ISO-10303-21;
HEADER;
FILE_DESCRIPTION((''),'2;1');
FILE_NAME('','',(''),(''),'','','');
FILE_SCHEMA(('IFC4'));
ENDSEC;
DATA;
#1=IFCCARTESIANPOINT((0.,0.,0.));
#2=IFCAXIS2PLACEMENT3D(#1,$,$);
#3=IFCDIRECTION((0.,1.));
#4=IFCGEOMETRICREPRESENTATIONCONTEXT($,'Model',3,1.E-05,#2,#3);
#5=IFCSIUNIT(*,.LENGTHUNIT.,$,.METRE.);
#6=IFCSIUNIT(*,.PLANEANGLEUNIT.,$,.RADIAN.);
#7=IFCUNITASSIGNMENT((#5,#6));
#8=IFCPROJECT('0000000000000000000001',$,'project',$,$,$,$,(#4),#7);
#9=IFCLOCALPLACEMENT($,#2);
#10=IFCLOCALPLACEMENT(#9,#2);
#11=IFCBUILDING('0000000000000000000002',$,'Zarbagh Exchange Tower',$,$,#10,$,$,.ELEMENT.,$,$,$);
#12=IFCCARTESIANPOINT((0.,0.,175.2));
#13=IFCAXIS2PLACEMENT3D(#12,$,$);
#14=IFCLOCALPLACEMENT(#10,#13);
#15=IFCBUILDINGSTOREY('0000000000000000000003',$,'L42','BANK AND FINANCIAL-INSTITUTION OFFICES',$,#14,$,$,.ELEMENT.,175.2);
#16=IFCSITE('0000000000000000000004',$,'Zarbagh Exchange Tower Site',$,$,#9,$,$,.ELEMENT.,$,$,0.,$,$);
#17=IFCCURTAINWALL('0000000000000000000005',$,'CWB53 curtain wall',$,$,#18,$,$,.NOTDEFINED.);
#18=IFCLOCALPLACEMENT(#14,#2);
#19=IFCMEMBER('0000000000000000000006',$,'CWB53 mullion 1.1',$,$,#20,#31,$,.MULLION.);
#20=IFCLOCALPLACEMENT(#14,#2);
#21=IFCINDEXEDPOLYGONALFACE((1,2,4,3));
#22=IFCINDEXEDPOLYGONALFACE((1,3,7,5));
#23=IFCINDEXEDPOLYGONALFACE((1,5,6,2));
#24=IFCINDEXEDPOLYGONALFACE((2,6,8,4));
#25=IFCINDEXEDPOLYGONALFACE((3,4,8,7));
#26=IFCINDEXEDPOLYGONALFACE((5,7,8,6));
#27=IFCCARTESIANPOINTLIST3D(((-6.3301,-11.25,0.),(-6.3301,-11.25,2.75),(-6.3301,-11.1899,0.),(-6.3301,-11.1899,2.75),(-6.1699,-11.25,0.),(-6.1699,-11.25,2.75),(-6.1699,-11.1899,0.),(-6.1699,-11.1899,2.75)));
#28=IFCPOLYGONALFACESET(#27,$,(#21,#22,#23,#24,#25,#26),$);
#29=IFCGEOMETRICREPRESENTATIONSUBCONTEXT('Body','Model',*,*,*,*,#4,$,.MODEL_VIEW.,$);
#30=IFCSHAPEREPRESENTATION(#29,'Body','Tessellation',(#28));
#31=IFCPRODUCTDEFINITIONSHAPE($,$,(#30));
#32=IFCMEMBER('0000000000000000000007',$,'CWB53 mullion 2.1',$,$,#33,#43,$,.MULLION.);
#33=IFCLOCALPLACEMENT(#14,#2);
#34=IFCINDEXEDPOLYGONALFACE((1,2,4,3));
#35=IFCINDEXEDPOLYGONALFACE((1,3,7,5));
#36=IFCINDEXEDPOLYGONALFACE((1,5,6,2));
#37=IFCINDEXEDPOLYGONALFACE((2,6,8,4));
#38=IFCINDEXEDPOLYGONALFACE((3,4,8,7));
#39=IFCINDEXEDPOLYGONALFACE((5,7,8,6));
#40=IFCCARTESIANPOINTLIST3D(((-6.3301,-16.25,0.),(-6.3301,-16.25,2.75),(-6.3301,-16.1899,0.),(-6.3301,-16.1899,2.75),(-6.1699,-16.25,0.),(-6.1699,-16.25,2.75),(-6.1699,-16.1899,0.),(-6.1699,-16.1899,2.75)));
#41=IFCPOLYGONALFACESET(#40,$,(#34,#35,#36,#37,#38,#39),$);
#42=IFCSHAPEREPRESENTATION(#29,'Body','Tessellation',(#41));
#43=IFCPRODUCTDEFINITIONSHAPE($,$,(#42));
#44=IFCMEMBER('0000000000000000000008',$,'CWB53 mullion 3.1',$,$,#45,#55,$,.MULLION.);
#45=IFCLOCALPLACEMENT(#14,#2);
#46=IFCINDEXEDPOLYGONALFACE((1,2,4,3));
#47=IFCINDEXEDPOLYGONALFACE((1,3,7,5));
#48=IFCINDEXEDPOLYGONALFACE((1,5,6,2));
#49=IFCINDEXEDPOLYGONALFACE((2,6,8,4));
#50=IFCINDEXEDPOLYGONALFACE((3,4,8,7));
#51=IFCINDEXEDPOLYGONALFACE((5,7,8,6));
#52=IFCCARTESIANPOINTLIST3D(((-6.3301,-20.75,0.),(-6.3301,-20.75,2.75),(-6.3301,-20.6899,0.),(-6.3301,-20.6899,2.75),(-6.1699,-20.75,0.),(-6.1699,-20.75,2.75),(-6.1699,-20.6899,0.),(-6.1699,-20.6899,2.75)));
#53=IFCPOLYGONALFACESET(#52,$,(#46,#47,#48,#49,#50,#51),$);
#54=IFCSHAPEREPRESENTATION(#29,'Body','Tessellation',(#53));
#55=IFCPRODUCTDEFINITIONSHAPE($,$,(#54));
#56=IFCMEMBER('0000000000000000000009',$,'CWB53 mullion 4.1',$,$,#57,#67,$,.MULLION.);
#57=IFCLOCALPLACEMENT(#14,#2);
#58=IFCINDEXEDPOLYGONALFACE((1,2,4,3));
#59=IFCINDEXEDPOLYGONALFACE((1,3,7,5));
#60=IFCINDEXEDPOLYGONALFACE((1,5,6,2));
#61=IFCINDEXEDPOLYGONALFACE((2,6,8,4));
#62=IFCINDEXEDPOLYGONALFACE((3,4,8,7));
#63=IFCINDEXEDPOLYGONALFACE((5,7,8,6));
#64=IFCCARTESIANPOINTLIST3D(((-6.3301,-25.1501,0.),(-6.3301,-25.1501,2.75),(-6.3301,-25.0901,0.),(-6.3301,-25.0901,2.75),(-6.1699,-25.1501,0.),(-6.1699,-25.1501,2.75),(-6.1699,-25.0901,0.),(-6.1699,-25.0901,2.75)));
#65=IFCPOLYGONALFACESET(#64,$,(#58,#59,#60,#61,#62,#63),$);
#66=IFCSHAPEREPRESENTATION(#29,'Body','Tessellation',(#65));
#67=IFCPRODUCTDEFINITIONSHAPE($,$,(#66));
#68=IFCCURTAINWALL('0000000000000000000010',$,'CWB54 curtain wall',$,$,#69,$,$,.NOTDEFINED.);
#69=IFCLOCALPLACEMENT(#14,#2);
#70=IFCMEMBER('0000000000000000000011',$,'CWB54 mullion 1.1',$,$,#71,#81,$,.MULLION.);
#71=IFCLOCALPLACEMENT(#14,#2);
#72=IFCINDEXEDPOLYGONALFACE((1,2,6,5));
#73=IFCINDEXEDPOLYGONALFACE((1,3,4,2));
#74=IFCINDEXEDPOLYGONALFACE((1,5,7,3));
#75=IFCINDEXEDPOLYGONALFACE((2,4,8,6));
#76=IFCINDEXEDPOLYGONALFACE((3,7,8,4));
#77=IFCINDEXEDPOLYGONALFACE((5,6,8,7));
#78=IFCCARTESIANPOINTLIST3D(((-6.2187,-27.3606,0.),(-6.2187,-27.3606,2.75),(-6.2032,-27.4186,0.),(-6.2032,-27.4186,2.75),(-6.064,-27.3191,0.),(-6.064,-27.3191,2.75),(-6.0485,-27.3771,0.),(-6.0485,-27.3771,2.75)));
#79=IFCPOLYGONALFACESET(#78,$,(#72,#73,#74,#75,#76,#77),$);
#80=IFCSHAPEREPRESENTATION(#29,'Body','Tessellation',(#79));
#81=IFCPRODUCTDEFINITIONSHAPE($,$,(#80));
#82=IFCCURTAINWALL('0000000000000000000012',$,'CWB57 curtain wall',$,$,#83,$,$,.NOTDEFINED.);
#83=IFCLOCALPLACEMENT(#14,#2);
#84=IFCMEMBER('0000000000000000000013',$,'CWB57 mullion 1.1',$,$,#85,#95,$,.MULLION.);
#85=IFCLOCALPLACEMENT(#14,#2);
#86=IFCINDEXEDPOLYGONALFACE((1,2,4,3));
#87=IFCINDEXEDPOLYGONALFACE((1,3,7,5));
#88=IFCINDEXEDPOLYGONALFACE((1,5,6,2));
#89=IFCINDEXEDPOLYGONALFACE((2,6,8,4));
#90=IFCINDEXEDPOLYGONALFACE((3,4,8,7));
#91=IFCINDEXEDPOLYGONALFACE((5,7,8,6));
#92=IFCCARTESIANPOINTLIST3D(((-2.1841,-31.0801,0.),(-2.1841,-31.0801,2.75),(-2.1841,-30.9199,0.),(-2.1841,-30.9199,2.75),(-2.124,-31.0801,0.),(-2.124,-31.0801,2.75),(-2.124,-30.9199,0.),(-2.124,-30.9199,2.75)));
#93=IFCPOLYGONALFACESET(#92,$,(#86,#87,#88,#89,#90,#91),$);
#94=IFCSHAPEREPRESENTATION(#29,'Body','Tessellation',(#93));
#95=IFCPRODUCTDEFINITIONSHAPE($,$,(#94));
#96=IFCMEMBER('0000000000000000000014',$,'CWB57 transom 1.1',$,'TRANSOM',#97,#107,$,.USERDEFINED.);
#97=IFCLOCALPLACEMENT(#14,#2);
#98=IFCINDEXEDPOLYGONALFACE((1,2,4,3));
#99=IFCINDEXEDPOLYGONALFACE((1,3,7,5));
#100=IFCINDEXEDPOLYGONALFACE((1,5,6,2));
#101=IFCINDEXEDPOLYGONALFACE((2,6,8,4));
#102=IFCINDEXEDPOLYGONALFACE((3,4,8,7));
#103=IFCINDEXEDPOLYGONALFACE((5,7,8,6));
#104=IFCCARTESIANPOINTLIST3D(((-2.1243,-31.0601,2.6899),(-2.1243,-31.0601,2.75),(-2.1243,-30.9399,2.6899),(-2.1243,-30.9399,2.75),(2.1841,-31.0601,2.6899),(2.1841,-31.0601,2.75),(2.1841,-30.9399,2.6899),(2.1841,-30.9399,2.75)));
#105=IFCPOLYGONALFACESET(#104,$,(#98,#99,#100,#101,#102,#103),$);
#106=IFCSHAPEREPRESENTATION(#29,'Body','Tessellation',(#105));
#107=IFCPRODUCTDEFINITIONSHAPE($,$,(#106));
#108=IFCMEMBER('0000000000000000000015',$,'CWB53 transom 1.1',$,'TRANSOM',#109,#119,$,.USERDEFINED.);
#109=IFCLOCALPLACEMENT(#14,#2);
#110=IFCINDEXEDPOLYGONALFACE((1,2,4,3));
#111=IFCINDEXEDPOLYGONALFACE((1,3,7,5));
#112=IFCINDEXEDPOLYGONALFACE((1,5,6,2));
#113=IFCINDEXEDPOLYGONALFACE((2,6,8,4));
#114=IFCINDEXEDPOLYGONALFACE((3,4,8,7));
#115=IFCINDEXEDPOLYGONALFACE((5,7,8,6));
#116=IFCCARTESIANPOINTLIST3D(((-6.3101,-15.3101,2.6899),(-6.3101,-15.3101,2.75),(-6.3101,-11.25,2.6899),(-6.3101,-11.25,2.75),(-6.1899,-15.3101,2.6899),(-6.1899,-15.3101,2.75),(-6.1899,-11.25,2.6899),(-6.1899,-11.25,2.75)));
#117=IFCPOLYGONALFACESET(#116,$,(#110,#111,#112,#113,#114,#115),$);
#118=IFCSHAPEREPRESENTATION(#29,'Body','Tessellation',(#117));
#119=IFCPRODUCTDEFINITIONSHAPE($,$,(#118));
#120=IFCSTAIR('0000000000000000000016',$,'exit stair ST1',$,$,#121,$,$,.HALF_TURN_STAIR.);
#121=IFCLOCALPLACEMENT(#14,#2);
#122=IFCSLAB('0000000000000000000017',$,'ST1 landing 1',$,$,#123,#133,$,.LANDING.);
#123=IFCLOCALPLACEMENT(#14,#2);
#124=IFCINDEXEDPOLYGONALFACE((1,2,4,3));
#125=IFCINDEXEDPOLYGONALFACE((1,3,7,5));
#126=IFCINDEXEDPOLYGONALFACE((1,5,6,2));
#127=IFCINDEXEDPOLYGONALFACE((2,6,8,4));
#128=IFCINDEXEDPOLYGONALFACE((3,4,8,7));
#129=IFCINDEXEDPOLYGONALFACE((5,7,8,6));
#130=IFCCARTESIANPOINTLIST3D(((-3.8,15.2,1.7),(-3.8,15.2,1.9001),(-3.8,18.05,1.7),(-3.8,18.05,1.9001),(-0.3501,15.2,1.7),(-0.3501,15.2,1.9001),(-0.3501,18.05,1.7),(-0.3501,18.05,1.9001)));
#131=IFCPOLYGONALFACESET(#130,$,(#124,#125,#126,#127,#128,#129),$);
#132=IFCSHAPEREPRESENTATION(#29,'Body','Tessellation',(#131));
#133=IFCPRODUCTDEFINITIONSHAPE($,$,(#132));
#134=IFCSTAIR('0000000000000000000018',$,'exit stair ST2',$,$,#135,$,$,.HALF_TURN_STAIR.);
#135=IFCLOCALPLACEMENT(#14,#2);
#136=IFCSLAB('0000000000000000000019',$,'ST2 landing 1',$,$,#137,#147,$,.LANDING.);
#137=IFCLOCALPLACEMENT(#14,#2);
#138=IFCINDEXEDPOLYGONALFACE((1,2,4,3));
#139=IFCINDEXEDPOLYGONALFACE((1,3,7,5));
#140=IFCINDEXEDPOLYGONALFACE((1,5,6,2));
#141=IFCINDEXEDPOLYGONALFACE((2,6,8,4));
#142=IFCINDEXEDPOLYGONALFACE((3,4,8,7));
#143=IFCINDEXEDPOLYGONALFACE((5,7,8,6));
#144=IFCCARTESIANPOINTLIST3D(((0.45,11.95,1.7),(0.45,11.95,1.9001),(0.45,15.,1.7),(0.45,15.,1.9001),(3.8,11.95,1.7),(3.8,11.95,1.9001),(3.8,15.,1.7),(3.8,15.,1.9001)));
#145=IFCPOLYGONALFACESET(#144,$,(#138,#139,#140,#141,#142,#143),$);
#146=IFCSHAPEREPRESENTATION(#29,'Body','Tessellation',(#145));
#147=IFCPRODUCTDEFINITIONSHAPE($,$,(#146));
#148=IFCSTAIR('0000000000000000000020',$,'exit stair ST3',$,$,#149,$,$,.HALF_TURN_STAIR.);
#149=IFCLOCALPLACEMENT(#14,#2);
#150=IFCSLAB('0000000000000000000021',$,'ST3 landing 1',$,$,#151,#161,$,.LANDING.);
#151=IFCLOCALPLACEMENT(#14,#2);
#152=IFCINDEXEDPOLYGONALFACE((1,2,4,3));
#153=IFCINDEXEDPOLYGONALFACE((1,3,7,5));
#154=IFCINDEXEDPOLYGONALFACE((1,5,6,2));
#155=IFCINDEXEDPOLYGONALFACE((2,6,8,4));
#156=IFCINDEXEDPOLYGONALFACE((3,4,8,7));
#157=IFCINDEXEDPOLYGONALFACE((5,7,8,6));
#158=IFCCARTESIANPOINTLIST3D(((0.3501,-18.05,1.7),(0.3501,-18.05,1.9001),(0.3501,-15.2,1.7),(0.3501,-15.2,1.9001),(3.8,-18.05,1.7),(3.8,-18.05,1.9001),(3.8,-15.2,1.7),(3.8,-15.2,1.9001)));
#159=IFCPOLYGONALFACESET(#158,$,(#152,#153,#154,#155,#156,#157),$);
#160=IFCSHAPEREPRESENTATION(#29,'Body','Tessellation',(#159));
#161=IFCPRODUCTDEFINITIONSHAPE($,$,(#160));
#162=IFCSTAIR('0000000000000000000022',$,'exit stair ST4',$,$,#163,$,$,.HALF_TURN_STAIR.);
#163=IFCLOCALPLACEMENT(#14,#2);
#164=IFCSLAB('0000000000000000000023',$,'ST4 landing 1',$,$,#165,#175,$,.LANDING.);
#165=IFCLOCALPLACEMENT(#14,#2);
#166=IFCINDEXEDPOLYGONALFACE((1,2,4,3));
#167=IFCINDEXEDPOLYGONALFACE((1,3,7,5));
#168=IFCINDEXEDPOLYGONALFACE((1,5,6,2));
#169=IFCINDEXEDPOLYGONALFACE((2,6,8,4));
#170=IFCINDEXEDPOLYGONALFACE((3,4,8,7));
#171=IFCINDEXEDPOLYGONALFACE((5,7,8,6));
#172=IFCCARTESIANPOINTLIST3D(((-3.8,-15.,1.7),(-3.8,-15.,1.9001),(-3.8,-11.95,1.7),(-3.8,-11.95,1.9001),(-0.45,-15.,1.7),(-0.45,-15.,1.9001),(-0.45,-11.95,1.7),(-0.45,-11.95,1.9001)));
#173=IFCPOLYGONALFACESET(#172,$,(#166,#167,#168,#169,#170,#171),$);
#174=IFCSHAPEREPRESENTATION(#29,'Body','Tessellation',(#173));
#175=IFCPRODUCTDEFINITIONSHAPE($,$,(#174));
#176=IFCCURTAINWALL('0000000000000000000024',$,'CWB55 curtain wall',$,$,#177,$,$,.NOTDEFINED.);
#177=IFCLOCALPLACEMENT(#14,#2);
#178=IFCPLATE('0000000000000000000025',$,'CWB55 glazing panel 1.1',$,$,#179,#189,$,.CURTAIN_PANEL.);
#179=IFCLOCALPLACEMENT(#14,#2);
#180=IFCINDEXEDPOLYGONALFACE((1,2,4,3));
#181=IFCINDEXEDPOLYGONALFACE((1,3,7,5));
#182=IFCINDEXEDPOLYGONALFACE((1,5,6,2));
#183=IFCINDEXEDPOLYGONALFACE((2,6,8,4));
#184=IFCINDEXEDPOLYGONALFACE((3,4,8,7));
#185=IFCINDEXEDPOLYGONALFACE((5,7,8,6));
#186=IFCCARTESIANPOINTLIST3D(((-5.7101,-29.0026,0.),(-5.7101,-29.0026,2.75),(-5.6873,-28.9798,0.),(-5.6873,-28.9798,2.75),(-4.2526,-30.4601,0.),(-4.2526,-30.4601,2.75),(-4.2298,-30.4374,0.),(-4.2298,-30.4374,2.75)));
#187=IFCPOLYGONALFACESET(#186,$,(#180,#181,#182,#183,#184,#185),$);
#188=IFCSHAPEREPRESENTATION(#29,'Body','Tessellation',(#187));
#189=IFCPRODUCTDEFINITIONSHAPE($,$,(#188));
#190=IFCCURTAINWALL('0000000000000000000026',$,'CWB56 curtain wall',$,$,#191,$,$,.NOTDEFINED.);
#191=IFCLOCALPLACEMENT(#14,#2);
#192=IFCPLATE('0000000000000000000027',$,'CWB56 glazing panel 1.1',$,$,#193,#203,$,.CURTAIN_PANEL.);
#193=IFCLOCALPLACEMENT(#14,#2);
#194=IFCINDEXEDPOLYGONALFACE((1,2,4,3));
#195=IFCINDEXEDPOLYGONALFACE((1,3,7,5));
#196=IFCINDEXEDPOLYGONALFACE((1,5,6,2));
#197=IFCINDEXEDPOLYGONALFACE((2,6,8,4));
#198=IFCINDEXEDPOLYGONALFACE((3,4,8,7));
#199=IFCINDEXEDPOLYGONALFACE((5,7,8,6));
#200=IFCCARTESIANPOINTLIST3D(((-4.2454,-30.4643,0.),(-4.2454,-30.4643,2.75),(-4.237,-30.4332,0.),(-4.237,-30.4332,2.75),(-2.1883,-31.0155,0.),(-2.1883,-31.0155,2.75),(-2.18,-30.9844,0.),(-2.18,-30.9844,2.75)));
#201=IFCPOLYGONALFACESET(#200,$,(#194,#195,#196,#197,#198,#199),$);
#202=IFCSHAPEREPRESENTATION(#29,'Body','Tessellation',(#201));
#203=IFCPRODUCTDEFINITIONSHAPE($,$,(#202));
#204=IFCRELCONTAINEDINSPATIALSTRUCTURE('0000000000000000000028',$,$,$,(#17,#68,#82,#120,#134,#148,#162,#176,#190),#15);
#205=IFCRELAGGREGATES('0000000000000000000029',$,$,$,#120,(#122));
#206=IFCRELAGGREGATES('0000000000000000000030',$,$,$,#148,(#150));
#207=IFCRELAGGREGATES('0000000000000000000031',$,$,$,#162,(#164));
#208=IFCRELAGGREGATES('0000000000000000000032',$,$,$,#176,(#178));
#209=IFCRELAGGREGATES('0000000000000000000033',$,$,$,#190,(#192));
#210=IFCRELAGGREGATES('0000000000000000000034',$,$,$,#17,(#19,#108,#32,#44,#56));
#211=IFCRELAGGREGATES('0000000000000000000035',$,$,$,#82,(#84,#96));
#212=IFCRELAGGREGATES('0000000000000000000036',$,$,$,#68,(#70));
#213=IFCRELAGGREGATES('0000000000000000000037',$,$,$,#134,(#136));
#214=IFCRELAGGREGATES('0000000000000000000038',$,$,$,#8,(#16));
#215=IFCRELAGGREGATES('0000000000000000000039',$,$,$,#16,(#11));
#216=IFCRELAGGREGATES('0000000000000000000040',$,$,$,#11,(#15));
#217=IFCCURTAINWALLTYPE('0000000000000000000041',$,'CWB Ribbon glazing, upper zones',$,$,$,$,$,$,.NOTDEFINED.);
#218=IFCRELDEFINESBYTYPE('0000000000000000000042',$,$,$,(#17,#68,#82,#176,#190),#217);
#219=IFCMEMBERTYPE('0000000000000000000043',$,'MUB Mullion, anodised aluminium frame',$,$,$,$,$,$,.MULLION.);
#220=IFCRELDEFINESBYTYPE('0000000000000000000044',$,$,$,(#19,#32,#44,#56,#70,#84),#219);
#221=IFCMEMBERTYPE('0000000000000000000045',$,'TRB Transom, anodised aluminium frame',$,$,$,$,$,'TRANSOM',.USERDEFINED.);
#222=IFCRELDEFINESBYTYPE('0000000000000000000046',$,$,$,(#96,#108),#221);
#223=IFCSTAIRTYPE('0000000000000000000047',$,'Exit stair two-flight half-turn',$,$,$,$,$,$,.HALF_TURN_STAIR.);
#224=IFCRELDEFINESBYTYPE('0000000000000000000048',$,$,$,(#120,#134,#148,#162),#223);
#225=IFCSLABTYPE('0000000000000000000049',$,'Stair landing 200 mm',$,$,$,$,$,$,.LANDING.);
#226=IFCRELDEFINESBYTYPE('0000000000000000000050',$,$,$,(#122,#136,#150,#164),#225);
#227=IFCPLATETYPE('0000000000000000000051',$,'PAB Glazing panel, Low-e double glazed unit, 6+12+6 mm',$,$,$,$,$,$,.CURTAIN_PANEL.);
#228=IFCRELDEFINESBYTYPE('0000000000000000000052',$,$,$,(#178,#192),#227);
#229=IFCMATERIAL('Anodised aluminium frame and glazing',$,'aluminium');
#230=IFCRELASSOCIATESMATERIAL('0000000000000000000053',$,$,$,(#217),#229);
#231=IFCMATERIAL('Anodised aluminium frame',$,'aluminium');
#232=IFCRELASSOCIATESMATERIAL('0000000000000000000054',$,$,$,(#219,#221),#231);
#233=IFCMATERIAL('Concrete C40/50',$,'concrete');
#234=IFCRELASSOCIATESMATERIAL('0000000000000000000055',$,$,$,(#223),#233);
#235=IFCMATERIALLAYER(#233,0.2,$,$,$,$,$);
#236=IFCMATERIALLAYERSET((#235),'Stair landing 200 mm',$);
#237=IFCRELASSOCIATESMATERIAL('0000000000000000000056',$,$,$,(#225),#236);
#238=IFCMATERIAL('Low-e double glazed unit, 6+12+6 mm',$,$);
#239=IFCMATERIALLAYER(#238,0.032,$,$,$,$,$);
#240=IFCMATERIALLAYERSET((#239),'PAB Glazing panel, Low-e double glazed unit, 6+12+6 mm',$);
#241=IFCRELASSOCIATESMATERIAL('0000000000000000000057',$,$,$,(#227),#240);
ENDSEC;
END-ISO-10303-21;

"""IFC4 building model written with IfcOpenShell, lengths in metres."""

from ifc_helpers import new_model, si_unit, direction, frame, origin, place, context, subcontext, project, spatial, polyline, outline, extrude, source, transform, mapped, material, layer, layer_set, type_object, element, aggregate, save


model = new_model("IFC4")

# Units and contexts
model_context = context("Model", 3, precision=1e-05, world=origin(), true_north=direction((0.0, 1.0)))
body_context = subcontext(model_context, "Body", "Model", "MODEL_VIEW")
ifc_project = project(units=[si_unit("LENGTHUNIT", "METRE"), si_unit("PLANEANGLEUNIT", "RADIAN")], contexts=[model_context])

# Site, building, storey
site_placement = place(None, origin())
site = spatial("IfcSite", under=ifc_project, at=site_placement, Name="Zarbagh Exchange Tower Site", CompositionType="ELEMENT", RefElevation=0.0)
building_placement = place(site_placement, origin())
building = spatial("IfcBuilding", under=site, at=building_placement, Name="Zarbagh Exchange Tower", CompositionType="ELEMENT")
storey_placement = place(building_placement, frame((0.0, 0.0, 175.2)))
storey = spatial("IfcBuildingStorey", under=building, at=storey_placement, Name="L42", Description="BANK AND FINANCIAL-INSTITUTION OFFICES", CompositionType="ELEMENT", Elevation=175.2)

# Curtain wall, members
ifc_material_1 = material(Name="Anodised aluminium frame and glazing", Category="aluminium")
curtain_wall_type = type_object("IfcCurtainWallType", Name="CWB Ribbon glazing, upper zones", PredefinedType="NOTDEFINED", material=ifc_material_1)
curtain_wall_1_placement = place(storey_placement, origin())
curtain_wall_1 = element("IfcCurtainWall", 1, at=curtain_wall_1_placement, inside=storey, type_object=curtain_wall_type, Name="CWB53 curtain wall", PredefinedType="NOTDEFINED")
ifc_material_2 = material(Name="Anodised aluminium frame", Category="aluminium")
member_type_1 = type_object("IfcMemberType", Name="MUB Mullion, anodised aluminium frame", PredefinedType="MULLION", material=ifc_material_2)
shared_shape_1 = source(origin(), body_context, "Body", "SweptSolid", [
    extrude(outline(polyline([(0.0, -0.0801), (0.0601, -0.0801), (0.0601, 0.0801), (0.0, 0.0801), (0.0, -0.0801)])), origin(), (0.0, 0.0, 1.0), 2.75),
])
placement = place(storey_placement, origin())
member_1 = element("IfcMember", 2, at=placement, type_object=member_type_1, Name="CWB53 mullion 1.1", PredefinedType="MULLION", context=body_context, shape_type="MappedRepresentation", body=[
    mapped(shared_shape_1, transform((-6.25, -11.1899, 0.0), x_axis=(0.0, -1.0, 0.0), y_axis=(1.0, 0.0, 0.0), z_axis=(0.0, 0.0, 1.0))),
])
member_2 = element("IfcMember", 3, at=placement, type_object=member_type_1, Name="CWB53 mullion 2.1", PredefinedType="MULLION", context=body_context, shape_type="MappedRepresentation", body=[
    mapped(shared_shape_1, transform((-6.25, -16.1899, 0.0), x_axis=(0.0, -1.0, 0.0), y_axis=(1.0, 0.0, 0.0), z_axis=(0.0, 0.0, 1.0))),
])
member_3 = element("IfcMember", 4, at=placement, type_object=member_type_1, Name="CWB53 mullion 3.1", PredefinedType="MULLION", context=body_context, shape_type="MappedRepresentation", body=[
    mapped(shared_shape_1, transform((-6.25, -20.6899, 0.0), x_axis=(0.0, -1.0, 0.0), y_axis=(1.0, 0.0, 0.0), z_axis=(0.0, 0.0, 1.0))),
])
member_4 = element("IfcMember", 5, at=placement, type_object=member_type_1, Name="CWB53 mullion 4.1", PredefinedType="MULLION", context=body_context, shape_type="MappedRepresentation", body=[
    mapped(shared_shape_1, transform((-6.25, -25.0901, 0.0), x_axis=(0.0, -1.0, 0.0), y_axis=(1.0, 0.0, 0.0), z_axis=(0.0, 0.0, 1.0))),
])

# Curtain wall, member
curtain_wall_2_placement = place(storey_placement, origin())
curtain_wall_2 = element("IfcCurtainWall", 6, at=curtain_wall_2_placement, inside=storey, type_object=curtain_wall_type, Name="CWB54 curtain wall", PredefinedType="NOTDEFINED")
member_5 = element("IfcMember", 7, at=placement, type_object=member_type_1, Name="CWB54 mullion 1.1", PredefinedType="MULLION", context=body_context, shape_type="MappedRepresentation", body=[
    mapped(shared_shape_1, transform((-6.1414, -27.3398, 0.0), x_axis=(0.258825, -0.965924, 0.0), y_axis=(0.965924, 0.258825, 0.0), z_axis=(0.0, 0.0, 1.0))),
])

# Curtain wall, members
curtain_wall_3_placement = place(storey_placement, origin())
curtain_wall_3 = element("IfcCurtainWall", 8, at=curtain_wall_3_placement, inside=storey, type_object=curtain_wall_type, Name="CWB57 curtain wall", PredefinedType="NOTDEFINED")
member_6 = element("IfcMember", 9, at=placement, type_object=member_type_1, Name="CWB57 mullion 1.1", PredefinedType="MULLION", context=body_context, shape_type="MappedRepresentation", body=[
    mapped(shared_shape_1, transform((-2.1841, -31.0, 0.0), x_axis=(1.0, 0.0, 0.0), y_axis=(0.0, 1.0, 0.0), z_axis=(0.0, 0.0, 1.0))),
])
member_type_2 = type_object("IfcMemberType", Name="TRB Transom, anodised aluminium frame", ElementType="TRANSOM", PredefinedType="USERDEFINED", material=ifc_material_2)
shared_shape_2 = source(origin(), body_context, "Body", "SweptSolid", [
    extrude(outline(polyline([(-0.0601, -0.0601), (0.0, -0.0601), (0.0, 0.0601), (-0.0601, 0.0601), (-0.0601, -0.0601)])), origin(), (0.0, 0.0, 1.0), 4.3083),
])
member_7 = element("IfcMember", 10, at=placement, type_object=member_type_2, Name="CWB57 transom 1.1", ObjectType="TRANSOM", PredefinedType="USERDEFINED", context=body_context, shape_type="MappedRepresentation", body=[
    mapped(shared_shape_2, transform((-2.1243, -31.0, 2.75), x_axis=(0.0, 0.0, 1.0), y_axis=(0.0, -1.0, 0.0), z_axis=(1.0, 0.0, 0.0))),
])

# Member
shared_shape_3 = source(origin(), body_context, "Body", "SweptSolid", [
    extrude(outline(polyline([(-0.0601, -0.0601), (0.0, -0.0601), (0.0, 0.0601), (-0.0601, 0.0601), (-0.0601, -0.0601)])), origin(), (0.0, 0.0, 1.0), 4.0601),
])
member_8 = element("IfcMember", 11, at=placement, type_object=member_type_2, Name="CWB53 transom 1.1", ObjectType="TRANSOM", PredefinedType="USERDEFINED", context=body_context, shape_type="MappedRepresentation", body=[
    mapped(shared_shape_3, transform((-6.25, -11.25, 2.75), x_axis=(0.0, 0.0, 1.0), y_axis=(-1.0, 0.0, 0.0), z_axis=(0.0, -1.0, 0.0))),
])

# Stairs, slabs
ifc_material_3 = material(Name="Concrete C40/50", Category="concrete")
stair_type = type_object("IfcStairType", Name="Exit stair two-flight half-turn", PredefinedType="HALF_TURN_STAIR", material=ifc_material_3)
stair_1_placement = place(storey_placement, origin())
stair_1 = element("IfcStair", 12, at=stair_1_placement, inside=storey, type_object=stair_type, Name="exit stair ST1", PredefinedType="HALF_TURN_STAIR")
ifc_layer_1 = layer(ifc_material_3, 0.2)
ifc_layer_set_1 = layer_set([ifc_layer_1], Name="Stair landing 200 mm")
slab_type = type_object("IfcSlabType", Name="Stair landing 200 mm", PredefinedType="LANDING", material=ifc_layer_set_1)
slab_1_placement = place(storey_placement, frame((0.0, 0.0, 1.7)))
slab_1 = element("IfcSlab", 13, at=slab_1_placement, type_object=slab_type, Name="ST1 landing 1", PredefinedType="LANDING", context=body_context, shape_type="SweptSolid", body=[
    extrude(outline(polyline([(-0.3501, 18.05), (-3.8, 18.05), (-3.8, 15.2), (-0.3501, 15.2), (-0.3501, 18.05)])), origin(), (0.0, 0.0, 1.0), 0.2002),
])
aggregate(stair_1, [slab_1])
stair_2_placement = place(storey_placement, origin())
stair_2 = element("IfcStair", 14, at=stair_2_placement, inside=storey, type_object=stair_type, Name="exit stair ST2", PredefinedType="HALF_TURN_STAIR")
slab_2_placement = place(storey_placement, frame((0.0, 0.0, 1.7)))
slab_2 = element("IfcSlab", 15, at=slab_2_placement, type_object=slab_type, Name="ST2 landing 1", PredefinedType="LANDING", context=body_context, shape_type="SweptSolid", body=[
    extrude(outline(polyline([(0.45, 11.95), (3.8, 11.95), (3.8, 15.0), (0.45, 15.0), (0.45, 11.95)])), origin(), (0.0, 0.0, 1.0), 0.2002),
])
stair_3_placement = place(storey_placement, origin())
stair_3 = element("IfcStair", 16, at=stair_3_placement, inside=storey, type_object=stair_type, Name="exit stair ST3", PredefinedType="HALF_TURN_STAIR")
slab_3_placement = place(storey_placement, frame((0.0, 0.0, 1.7)))
slab_3 = element("IfcSlab", 17, at=slab_3_placement, type_object=slab_type, Name="ST3 landing 1", PredefinedType="LANDING", context=body_context, shape_type="SweptSolid", body=[
    extrude(outline(polyline([(0.3501, -18.05), (3.8, -18.05), (3.8, -15.2), (0.3501, -15.2), (0.3501, -18.05)])), origin(), (0.0, 0.0, 1.0), 0.2002),
])
aggregate(stair_3, [slab_3])
stair_4_placement = place(storey_placement, origin())
stair_4 = element("IfcStair", 18, at=stair_4_placement, inside=storey, type_object=stair_type, Name="exit stair ST4", PredefinedType="HALF_TURN_STAIR")
slab_4_placement = place(storey_placement, frame((0.0, 0.0, 1.7)))
slab_4 = element("IfcSlab", 19, at=slab_4_placement, type_object=slab_type, Name="ST4 landing 1", PredefinedType="LANDING", context=body_context, shape_type="SweptSolid", body=[
    extrude(outline(polyline([(-0.45, -11.95), (-3.8, -11.95), (-3.8, -15.0), (-0.45, -15.0), (-0.45, -11.95)])), origin(), (0.0, 0.0, 1.0), 0.2002),
])
aggregate(stair_4, [slab_4])

# Curtain walls, plates
curtain_wall_4_placement = place(storey_placement, origin())
curtain_wall_4 = element("IfcCurtainWall", 20, at=curtain_wall_4_placement, inside=storey, type_object=curtain_wall_type, Name="CWB55 curtain wall", PredefinedType="NOTDEFINED")
ifc_material_4 = material(Name="Low-e double glazed unit, 6+12+6 mm")
ifc_layer_2 = layer(ifc_material_4, 0.032)
ifc_layer_set_2 = layer_set([ifc_layer_2], Name="PAB Glazing panel, Low-e double glazed unit, 6+12+6 mm")
plate_type = type_object("IfcPlateType", Name="PAB Glazing panel, Low-e double glazed unit, 6+12+6 mm", PredefinedType="CURTAIN_PANEL", material=ifc_layer_set_2)
shared_shape_4 = source(origin(), body_context, "Body", "SweptSolid", [
    extrude(outline(polyline([(0.0, -0.0161), (2.0613, -0.0161), (2.0613, 0.0161), (0.0, 0.0161), (0.0, -0.0161)])), origin(), (0.0, 0.0, 1.0), 2.75),
])
plate_1 = element("IfcPlate", 21, at=placement, type_object=plate_type, Name="CWB55 glazing panel 1.1", PredefinedType="CURTAIN_PANEL", context=body_context, shape_type="MappedRepresentation", body=[
    mapped(shared_shape_4, transform((-5.6987, -28.9912, 0.0), x_axis=(0.707107, -0.707107, 0.0), y_axis=(0.707107, 0.707107, 0.0), z_axis=(0.0, 0.0, 1.0))),
])
aggregate(curtain_wall_4, [plate_1])
curtain_wall_5_placement = place(storey_placement, origin())
curtain_wall_5 = element("IfcCurtainWall", 22, at=curtain_wall_5_placement, inside=storey, type_object=curtain_wall_type, Name="CWB56 curtain wall", PredefinedType="NOTDEFINED")
shared_shape_5 = source(origin(), body_context, "Body", "SweptSolid", [
    extrude(outline(polyline([(0.0, -0.0161), (2.1296, -0.0161), (2.1296, 0.0161), (0.0, 0.0161), (0.0, -0.0161)])), origin(), (0.0, 0.0, 1.0), 2.75),
])
plate_2 = element("IfcPlate", 23, at=placement, type_object=plate_type, Name="CWB56 glazing panel 1.1", PredefinedType="CURTAIN_PANEL", context=body_context, shape_type="MappedRepresentation", body=[
    mapped(shared_shape_5, transform((-4.2412, -30.4487, 0.0), x_axis=(0.965924, -0.258825, 0.0), y_axis=(0.258825, 0.965924, 0.0), z_axis=(0.0, 0.0, 1.0))),
])
aggregate(curtain_wall_5, [plate_2])

aggregate(curtain_wall_1, [member_1, member_8, member_2, member_3, member_4])
aggregate(curtain_wall_3, [member_6, member_7])
aggregate(curtain_wall_2, [member_5])

aggregate(stair_2, [slab_2])

save(model, "model.ifc")
